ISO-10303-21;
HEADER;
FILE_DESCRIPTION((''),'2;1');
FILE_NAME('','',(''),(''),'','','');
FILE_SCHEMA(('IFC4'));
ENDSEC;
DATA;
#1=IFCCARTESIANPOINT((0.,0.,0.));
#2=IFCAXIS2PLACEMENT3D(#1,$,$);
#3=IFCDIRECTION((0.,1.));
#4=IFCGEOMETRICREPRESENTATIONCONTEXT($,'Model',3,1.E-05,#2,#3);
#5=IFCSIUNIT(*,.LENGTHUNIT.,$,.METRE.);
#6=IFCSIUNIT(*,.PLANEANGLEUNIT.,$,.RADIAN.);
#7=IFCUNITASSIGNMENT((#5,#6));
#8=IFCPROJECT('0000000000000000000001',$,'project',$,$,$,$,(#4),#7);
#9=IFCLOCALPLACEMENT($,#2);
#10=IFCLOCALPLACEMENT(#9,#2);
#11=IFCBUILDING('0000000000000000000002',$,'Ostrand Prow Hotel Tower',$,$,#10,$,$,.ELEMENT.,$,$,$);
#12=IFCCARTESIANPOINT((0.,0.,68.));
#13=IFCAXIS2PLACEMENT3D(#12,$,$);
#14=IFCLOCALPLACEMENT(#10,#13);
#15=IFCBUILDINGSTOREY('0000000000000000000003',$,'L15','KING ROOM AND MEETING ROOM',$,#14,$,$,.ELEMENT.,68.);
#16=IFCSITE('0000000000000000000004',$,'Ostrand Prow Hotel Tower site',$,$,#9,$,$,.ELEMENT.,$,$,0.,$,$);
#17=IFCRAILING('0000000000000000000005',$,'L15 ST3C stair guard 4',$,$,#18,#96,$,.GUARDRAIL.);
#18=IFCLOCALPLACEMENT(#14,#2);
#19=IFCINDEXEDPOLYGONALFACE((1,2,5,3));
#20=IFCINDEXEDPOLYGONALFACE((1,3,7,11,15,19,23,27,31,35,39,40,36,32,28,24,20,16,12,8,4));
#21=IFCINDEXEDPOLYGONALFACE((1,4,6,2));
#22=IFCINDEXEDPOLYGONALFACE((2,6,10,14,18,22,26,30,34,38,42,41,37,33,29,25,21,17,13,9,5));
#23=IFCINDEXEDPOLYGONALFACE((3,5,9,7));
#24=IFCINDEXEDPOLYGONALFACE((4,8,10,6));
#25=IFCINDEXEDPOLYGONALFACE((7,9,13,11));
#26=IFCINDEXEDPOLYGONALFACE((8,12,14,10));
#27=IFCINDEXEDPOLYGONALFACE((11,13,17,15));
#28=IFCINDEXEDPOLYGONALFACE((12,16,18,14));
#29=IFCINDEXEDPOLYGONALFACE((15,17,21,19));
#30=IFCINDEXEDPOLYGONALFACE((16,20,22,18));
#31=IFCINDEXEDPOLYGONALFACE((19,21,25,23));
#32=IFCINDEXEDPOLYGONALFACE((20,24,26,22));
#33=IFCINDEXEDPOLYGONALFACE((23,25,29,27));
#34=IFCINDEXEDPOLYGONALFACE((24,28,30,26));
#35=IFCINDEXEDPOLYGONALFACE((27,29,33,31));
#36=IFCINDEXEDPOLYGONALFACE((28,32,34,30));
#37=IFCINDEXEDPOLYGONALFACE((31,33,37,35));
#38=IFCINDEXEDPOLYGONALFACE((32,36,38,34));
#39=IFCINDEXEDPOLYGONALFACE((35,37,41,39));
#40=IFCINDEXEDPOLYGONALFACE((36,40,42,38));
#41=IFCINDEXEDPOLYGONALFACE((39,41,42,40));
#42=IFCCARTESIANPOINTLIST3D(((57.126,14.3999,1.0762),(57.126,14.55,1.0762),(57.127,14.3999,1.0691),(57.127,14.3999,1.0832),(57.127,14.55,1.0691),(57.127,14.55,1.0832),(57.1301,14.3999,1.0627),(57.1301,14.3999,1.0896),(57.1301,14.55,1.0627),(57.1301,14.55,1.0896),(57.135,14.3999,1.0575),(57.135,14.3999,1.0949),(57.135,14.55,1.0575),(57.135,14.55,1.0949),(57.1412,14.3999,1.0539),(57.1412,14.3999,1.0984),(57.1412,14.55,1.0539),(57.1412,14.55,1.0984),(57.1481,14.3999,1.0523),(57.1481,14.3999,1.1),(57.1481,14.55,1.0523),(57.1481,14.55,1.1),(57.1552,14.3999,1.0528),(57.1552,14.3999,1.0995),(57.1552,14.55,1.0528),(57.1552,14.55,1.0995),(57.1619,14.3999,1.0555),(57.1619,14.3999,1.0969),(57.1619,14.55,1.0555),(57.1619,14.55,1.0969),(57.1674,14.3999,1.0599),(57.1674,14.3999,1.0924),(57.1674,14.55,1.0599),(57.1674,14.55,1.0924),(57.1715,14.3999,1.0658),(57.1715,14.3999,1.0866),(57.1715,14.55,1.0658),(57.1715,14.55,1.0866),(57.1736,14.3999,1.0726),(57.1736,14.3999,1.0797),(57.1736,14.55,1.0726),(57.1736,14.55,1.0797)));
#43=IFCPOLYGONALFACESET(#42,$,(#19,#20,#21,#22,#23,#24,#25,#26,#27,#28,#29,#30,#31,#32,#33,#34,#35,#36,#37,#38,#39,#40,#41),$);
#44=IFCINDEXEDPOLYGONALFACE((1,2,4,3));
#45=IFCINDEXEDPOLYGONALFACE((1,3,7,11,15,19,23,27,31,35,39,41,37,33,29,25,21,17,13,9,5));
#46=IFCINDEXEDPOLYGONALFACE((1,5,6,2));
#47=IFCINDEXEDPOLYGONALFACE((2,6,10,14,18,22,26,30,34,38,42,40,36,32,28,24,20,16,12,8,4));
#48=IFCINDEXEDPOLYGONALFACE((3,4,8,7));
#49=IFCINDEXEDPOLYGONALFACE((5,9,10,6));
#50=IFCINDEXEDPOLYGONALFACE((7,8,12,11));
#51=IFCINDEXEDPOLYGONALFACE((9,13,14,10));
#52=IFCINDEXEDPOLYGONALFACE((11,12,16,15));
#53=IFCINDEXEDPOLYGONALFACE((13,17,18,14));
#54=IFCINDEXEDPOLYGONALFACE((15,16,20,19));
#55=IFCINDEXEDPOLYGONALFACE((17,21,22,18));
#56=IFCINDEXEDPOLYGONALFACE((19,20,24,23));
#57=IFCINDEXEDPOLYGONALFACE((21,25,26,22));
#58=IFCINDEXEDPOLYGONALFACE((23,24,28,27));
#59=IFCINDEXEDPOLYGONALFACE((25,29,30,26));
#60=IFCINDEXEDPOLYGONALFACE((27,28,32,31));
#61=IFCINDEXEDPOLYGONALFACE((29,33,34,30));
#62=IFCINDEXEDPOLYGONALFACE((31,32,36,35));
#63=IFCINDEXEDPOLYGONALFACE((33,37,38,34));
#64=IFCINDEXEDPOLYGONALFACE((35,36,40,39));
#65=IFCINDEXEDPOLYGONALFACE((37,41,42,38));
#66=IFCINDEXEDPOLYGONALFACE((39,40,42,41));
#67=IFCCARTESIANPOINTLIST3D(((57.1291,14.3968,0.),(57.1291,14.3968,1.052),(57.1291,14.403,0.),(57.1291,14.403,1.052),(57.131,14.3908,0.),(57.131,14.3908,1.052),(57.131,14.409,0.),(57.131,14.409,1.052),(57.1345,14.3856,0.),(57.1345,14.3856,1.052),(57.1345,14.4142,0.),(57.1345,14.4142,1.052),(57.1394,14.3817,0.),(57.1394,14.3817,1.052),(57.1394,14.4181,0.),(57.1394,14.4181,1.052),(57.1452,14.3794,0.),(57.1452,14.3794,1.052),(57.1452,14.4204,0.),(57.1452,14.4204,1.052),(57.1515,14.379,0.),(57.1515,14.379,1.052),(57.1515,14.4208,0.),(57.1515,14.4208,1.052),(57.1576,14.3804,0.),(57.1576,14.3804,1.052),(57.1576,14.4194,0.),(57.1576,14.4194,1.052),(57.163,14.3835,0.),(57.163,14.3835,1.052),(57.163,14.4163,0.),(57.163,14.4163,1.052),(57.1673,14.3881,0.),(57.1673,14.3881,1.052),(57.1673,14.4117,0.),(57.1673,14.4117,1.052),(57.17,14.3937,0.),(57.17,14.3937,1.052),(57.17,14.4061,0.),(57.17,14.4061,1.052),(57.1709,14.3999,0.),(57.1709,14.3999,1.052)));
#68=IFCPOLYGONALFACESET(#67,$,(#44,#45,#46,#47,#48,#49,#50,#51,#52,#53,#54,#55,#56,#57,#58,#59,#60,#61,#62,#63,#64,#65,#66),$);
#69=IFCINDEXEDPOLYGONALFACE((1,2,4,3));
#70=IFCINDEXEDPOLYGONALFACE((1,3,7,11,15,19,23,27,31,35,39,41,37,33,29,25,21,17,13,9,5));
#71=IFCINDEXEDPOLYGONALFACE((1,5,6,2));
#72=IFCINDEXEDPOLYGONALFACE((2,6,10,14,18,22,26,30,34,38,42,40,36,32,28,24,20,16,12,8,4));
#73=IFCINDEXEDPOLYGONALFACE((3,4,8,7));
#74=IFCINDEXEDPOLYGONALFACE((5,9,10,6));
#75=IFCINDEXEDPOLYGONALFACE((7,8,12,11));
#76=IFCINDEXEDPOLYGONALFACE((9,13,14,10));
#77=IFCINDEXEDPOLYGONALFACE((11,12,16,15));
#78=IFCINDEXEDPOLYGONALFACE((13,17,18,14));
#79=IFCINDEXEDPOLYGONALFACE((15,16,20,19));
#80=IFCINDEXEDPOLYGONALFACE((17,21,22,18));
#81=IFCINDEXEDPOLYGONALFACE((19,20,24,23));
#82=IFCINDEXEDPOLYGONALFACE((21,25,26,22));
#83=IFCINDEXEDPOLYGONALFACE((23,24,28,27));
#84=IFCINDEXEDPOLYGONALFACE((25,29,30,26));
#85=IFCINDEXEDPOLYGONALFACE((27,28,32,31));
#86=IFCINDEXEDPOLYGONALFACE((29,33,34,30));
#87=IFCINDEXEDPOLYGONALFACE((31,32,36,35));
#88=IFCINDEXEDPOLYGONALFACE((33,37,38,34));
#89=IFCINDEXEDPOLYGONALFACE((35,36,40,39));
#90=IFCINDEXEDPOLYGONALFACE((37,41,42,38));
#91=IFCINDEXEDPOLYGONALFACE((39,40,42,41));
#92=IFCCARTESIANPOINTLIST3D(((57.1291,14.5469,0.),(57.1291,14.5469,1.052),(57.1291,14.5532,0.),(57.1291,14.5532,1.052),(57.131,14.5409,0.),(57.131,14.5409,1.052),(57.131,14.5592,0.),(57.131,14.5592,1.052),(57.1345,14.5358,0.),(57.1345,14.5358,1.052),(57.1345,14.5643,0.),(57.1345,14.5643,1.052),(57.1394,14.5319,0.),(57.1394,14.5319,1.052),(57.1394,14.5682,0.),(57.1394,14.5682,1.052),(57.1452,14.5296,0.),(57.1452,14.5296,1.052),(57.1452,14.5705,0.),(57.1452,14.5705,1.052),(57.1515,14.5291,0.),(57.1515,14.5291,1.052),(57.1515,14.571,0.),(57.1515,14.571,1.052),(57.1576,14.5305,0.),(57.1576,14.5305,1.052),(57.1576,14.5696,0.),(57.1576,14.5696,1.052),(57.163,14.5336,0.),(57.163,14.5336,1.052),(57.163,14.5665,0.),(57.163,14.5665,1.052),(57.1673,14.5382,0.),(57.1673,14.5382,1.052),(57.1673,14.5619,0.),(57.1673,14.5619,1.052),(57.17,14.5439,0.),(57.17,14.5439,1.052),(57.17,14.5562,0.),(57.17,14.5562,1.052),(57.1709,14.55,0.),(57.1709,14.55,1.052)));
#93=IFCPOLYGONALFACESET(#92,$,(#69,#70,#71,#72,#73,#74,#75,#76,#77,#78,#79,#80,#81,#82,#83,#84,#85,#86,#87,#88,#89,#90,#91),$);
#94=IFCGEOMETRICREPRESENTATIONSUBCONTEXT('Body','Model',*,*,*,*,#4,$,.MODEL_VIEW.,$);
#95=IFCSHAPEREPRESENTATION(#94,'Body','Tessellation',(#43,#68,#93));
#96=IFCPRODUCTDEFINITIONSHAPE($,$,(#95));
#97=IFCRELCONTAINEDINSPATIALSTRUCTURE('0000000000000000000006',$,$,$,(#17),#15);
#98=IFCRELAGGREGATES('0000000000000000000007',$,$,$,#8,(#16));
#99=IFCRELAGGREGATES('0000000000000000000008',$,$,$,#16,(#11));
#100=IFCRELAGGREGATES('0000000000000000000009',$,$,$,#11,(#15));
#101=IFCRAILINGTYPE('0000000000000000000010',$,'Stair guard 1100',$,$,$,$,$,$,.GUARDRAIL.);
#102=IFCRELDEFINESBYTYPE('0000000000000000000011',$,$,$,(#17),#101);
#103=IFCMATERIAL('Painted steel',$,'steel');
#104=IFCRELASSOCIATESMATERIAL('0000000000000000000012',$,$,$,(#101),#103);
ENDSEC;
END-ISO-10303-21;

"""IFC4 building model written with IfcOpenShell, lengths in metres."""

from ifc_helpers import new_model, si_unit, direction, frame, origin, origin_2d, place, context, subcontext, project, spatial, circle, extrude, material, type_object, element, save


model = new_model("IFC4")

# Units and contexts
model_context = context("Model", 3, precision=1e-05, world=origin(), true_north=direction((0.0, 1.0)))
body_context = subcontext(model_context, "Body", "Model", "MODEL_VIEW")
ifc_project = project(units=[si_unit("LENGTHUNIT", "METRE"), si_unit("PLANEANGLEUNIT", "RADIAN")], contexts=[model_context])

# Site, building, storey
site_placement = place(None, origin())
site = spatial("IfcSite", under=ifc_project, at=site_placement, Name="Ostrand Prow Hotel Tower site", CompositionType="ELEMENT", RefElevation=0.0)
building_placement = place(site_placement, origin())
building = spatial("IfcBuilding", under=site, at=building_placement, Name="Ostrand Prow Hotel Tower", CompositionType="ELEMENT")
storey_placement = place(building_placement, frame((0.0, 0.0, 68.0)))
storey = spatial("IfcBuildingStorey", under=building, at=storey_placement, Name="L15", Description="KING ROOM AND MEETING ROOM", CompositionType="ELEMENT", Elevation=68.0)

# Railing
ifc_material_1 = material(Name="Painted steel", Category="steel")
railing_type_1 = type_object("IfcRailingType", Name="Stair guard 1100", PredefinedType="GUARDRAIL", material=ifc_material_1)
railing_1_placement = place(storey_placement, frame((57.1499, 14.3999, 0.0)))
element("IfcRailing", 1, at=railing_1_placement, inside=storey, type_object=railing_type_1, Name="L15 ST3C stair guard 4", PredefinedType="GUARDRAIL", context=body_context, shape_type="SweptSolid", body=[
    extrude(circle(Radius=0.0239, at=origin_2d()), frame((0.0, 0.0, 1.0762), z_axis=(0.0, 1.0, 0.0), x_axis=(-1.0, 0.0, 0.0)), (0.0, 0.0, 1.0), 0.1501),
    extrude(circle(Radius=0.021, at=origin_2d()), origin(), (0.0, 0.0, 1.0), 1.052),
    extrude(circle(Radius=0.021, at=origin_2d()), frame((0.0, 0.1501, 0.0)), (0.0, 0.0, 1.0), 1.052),
])

save(model, "model.ifc")
